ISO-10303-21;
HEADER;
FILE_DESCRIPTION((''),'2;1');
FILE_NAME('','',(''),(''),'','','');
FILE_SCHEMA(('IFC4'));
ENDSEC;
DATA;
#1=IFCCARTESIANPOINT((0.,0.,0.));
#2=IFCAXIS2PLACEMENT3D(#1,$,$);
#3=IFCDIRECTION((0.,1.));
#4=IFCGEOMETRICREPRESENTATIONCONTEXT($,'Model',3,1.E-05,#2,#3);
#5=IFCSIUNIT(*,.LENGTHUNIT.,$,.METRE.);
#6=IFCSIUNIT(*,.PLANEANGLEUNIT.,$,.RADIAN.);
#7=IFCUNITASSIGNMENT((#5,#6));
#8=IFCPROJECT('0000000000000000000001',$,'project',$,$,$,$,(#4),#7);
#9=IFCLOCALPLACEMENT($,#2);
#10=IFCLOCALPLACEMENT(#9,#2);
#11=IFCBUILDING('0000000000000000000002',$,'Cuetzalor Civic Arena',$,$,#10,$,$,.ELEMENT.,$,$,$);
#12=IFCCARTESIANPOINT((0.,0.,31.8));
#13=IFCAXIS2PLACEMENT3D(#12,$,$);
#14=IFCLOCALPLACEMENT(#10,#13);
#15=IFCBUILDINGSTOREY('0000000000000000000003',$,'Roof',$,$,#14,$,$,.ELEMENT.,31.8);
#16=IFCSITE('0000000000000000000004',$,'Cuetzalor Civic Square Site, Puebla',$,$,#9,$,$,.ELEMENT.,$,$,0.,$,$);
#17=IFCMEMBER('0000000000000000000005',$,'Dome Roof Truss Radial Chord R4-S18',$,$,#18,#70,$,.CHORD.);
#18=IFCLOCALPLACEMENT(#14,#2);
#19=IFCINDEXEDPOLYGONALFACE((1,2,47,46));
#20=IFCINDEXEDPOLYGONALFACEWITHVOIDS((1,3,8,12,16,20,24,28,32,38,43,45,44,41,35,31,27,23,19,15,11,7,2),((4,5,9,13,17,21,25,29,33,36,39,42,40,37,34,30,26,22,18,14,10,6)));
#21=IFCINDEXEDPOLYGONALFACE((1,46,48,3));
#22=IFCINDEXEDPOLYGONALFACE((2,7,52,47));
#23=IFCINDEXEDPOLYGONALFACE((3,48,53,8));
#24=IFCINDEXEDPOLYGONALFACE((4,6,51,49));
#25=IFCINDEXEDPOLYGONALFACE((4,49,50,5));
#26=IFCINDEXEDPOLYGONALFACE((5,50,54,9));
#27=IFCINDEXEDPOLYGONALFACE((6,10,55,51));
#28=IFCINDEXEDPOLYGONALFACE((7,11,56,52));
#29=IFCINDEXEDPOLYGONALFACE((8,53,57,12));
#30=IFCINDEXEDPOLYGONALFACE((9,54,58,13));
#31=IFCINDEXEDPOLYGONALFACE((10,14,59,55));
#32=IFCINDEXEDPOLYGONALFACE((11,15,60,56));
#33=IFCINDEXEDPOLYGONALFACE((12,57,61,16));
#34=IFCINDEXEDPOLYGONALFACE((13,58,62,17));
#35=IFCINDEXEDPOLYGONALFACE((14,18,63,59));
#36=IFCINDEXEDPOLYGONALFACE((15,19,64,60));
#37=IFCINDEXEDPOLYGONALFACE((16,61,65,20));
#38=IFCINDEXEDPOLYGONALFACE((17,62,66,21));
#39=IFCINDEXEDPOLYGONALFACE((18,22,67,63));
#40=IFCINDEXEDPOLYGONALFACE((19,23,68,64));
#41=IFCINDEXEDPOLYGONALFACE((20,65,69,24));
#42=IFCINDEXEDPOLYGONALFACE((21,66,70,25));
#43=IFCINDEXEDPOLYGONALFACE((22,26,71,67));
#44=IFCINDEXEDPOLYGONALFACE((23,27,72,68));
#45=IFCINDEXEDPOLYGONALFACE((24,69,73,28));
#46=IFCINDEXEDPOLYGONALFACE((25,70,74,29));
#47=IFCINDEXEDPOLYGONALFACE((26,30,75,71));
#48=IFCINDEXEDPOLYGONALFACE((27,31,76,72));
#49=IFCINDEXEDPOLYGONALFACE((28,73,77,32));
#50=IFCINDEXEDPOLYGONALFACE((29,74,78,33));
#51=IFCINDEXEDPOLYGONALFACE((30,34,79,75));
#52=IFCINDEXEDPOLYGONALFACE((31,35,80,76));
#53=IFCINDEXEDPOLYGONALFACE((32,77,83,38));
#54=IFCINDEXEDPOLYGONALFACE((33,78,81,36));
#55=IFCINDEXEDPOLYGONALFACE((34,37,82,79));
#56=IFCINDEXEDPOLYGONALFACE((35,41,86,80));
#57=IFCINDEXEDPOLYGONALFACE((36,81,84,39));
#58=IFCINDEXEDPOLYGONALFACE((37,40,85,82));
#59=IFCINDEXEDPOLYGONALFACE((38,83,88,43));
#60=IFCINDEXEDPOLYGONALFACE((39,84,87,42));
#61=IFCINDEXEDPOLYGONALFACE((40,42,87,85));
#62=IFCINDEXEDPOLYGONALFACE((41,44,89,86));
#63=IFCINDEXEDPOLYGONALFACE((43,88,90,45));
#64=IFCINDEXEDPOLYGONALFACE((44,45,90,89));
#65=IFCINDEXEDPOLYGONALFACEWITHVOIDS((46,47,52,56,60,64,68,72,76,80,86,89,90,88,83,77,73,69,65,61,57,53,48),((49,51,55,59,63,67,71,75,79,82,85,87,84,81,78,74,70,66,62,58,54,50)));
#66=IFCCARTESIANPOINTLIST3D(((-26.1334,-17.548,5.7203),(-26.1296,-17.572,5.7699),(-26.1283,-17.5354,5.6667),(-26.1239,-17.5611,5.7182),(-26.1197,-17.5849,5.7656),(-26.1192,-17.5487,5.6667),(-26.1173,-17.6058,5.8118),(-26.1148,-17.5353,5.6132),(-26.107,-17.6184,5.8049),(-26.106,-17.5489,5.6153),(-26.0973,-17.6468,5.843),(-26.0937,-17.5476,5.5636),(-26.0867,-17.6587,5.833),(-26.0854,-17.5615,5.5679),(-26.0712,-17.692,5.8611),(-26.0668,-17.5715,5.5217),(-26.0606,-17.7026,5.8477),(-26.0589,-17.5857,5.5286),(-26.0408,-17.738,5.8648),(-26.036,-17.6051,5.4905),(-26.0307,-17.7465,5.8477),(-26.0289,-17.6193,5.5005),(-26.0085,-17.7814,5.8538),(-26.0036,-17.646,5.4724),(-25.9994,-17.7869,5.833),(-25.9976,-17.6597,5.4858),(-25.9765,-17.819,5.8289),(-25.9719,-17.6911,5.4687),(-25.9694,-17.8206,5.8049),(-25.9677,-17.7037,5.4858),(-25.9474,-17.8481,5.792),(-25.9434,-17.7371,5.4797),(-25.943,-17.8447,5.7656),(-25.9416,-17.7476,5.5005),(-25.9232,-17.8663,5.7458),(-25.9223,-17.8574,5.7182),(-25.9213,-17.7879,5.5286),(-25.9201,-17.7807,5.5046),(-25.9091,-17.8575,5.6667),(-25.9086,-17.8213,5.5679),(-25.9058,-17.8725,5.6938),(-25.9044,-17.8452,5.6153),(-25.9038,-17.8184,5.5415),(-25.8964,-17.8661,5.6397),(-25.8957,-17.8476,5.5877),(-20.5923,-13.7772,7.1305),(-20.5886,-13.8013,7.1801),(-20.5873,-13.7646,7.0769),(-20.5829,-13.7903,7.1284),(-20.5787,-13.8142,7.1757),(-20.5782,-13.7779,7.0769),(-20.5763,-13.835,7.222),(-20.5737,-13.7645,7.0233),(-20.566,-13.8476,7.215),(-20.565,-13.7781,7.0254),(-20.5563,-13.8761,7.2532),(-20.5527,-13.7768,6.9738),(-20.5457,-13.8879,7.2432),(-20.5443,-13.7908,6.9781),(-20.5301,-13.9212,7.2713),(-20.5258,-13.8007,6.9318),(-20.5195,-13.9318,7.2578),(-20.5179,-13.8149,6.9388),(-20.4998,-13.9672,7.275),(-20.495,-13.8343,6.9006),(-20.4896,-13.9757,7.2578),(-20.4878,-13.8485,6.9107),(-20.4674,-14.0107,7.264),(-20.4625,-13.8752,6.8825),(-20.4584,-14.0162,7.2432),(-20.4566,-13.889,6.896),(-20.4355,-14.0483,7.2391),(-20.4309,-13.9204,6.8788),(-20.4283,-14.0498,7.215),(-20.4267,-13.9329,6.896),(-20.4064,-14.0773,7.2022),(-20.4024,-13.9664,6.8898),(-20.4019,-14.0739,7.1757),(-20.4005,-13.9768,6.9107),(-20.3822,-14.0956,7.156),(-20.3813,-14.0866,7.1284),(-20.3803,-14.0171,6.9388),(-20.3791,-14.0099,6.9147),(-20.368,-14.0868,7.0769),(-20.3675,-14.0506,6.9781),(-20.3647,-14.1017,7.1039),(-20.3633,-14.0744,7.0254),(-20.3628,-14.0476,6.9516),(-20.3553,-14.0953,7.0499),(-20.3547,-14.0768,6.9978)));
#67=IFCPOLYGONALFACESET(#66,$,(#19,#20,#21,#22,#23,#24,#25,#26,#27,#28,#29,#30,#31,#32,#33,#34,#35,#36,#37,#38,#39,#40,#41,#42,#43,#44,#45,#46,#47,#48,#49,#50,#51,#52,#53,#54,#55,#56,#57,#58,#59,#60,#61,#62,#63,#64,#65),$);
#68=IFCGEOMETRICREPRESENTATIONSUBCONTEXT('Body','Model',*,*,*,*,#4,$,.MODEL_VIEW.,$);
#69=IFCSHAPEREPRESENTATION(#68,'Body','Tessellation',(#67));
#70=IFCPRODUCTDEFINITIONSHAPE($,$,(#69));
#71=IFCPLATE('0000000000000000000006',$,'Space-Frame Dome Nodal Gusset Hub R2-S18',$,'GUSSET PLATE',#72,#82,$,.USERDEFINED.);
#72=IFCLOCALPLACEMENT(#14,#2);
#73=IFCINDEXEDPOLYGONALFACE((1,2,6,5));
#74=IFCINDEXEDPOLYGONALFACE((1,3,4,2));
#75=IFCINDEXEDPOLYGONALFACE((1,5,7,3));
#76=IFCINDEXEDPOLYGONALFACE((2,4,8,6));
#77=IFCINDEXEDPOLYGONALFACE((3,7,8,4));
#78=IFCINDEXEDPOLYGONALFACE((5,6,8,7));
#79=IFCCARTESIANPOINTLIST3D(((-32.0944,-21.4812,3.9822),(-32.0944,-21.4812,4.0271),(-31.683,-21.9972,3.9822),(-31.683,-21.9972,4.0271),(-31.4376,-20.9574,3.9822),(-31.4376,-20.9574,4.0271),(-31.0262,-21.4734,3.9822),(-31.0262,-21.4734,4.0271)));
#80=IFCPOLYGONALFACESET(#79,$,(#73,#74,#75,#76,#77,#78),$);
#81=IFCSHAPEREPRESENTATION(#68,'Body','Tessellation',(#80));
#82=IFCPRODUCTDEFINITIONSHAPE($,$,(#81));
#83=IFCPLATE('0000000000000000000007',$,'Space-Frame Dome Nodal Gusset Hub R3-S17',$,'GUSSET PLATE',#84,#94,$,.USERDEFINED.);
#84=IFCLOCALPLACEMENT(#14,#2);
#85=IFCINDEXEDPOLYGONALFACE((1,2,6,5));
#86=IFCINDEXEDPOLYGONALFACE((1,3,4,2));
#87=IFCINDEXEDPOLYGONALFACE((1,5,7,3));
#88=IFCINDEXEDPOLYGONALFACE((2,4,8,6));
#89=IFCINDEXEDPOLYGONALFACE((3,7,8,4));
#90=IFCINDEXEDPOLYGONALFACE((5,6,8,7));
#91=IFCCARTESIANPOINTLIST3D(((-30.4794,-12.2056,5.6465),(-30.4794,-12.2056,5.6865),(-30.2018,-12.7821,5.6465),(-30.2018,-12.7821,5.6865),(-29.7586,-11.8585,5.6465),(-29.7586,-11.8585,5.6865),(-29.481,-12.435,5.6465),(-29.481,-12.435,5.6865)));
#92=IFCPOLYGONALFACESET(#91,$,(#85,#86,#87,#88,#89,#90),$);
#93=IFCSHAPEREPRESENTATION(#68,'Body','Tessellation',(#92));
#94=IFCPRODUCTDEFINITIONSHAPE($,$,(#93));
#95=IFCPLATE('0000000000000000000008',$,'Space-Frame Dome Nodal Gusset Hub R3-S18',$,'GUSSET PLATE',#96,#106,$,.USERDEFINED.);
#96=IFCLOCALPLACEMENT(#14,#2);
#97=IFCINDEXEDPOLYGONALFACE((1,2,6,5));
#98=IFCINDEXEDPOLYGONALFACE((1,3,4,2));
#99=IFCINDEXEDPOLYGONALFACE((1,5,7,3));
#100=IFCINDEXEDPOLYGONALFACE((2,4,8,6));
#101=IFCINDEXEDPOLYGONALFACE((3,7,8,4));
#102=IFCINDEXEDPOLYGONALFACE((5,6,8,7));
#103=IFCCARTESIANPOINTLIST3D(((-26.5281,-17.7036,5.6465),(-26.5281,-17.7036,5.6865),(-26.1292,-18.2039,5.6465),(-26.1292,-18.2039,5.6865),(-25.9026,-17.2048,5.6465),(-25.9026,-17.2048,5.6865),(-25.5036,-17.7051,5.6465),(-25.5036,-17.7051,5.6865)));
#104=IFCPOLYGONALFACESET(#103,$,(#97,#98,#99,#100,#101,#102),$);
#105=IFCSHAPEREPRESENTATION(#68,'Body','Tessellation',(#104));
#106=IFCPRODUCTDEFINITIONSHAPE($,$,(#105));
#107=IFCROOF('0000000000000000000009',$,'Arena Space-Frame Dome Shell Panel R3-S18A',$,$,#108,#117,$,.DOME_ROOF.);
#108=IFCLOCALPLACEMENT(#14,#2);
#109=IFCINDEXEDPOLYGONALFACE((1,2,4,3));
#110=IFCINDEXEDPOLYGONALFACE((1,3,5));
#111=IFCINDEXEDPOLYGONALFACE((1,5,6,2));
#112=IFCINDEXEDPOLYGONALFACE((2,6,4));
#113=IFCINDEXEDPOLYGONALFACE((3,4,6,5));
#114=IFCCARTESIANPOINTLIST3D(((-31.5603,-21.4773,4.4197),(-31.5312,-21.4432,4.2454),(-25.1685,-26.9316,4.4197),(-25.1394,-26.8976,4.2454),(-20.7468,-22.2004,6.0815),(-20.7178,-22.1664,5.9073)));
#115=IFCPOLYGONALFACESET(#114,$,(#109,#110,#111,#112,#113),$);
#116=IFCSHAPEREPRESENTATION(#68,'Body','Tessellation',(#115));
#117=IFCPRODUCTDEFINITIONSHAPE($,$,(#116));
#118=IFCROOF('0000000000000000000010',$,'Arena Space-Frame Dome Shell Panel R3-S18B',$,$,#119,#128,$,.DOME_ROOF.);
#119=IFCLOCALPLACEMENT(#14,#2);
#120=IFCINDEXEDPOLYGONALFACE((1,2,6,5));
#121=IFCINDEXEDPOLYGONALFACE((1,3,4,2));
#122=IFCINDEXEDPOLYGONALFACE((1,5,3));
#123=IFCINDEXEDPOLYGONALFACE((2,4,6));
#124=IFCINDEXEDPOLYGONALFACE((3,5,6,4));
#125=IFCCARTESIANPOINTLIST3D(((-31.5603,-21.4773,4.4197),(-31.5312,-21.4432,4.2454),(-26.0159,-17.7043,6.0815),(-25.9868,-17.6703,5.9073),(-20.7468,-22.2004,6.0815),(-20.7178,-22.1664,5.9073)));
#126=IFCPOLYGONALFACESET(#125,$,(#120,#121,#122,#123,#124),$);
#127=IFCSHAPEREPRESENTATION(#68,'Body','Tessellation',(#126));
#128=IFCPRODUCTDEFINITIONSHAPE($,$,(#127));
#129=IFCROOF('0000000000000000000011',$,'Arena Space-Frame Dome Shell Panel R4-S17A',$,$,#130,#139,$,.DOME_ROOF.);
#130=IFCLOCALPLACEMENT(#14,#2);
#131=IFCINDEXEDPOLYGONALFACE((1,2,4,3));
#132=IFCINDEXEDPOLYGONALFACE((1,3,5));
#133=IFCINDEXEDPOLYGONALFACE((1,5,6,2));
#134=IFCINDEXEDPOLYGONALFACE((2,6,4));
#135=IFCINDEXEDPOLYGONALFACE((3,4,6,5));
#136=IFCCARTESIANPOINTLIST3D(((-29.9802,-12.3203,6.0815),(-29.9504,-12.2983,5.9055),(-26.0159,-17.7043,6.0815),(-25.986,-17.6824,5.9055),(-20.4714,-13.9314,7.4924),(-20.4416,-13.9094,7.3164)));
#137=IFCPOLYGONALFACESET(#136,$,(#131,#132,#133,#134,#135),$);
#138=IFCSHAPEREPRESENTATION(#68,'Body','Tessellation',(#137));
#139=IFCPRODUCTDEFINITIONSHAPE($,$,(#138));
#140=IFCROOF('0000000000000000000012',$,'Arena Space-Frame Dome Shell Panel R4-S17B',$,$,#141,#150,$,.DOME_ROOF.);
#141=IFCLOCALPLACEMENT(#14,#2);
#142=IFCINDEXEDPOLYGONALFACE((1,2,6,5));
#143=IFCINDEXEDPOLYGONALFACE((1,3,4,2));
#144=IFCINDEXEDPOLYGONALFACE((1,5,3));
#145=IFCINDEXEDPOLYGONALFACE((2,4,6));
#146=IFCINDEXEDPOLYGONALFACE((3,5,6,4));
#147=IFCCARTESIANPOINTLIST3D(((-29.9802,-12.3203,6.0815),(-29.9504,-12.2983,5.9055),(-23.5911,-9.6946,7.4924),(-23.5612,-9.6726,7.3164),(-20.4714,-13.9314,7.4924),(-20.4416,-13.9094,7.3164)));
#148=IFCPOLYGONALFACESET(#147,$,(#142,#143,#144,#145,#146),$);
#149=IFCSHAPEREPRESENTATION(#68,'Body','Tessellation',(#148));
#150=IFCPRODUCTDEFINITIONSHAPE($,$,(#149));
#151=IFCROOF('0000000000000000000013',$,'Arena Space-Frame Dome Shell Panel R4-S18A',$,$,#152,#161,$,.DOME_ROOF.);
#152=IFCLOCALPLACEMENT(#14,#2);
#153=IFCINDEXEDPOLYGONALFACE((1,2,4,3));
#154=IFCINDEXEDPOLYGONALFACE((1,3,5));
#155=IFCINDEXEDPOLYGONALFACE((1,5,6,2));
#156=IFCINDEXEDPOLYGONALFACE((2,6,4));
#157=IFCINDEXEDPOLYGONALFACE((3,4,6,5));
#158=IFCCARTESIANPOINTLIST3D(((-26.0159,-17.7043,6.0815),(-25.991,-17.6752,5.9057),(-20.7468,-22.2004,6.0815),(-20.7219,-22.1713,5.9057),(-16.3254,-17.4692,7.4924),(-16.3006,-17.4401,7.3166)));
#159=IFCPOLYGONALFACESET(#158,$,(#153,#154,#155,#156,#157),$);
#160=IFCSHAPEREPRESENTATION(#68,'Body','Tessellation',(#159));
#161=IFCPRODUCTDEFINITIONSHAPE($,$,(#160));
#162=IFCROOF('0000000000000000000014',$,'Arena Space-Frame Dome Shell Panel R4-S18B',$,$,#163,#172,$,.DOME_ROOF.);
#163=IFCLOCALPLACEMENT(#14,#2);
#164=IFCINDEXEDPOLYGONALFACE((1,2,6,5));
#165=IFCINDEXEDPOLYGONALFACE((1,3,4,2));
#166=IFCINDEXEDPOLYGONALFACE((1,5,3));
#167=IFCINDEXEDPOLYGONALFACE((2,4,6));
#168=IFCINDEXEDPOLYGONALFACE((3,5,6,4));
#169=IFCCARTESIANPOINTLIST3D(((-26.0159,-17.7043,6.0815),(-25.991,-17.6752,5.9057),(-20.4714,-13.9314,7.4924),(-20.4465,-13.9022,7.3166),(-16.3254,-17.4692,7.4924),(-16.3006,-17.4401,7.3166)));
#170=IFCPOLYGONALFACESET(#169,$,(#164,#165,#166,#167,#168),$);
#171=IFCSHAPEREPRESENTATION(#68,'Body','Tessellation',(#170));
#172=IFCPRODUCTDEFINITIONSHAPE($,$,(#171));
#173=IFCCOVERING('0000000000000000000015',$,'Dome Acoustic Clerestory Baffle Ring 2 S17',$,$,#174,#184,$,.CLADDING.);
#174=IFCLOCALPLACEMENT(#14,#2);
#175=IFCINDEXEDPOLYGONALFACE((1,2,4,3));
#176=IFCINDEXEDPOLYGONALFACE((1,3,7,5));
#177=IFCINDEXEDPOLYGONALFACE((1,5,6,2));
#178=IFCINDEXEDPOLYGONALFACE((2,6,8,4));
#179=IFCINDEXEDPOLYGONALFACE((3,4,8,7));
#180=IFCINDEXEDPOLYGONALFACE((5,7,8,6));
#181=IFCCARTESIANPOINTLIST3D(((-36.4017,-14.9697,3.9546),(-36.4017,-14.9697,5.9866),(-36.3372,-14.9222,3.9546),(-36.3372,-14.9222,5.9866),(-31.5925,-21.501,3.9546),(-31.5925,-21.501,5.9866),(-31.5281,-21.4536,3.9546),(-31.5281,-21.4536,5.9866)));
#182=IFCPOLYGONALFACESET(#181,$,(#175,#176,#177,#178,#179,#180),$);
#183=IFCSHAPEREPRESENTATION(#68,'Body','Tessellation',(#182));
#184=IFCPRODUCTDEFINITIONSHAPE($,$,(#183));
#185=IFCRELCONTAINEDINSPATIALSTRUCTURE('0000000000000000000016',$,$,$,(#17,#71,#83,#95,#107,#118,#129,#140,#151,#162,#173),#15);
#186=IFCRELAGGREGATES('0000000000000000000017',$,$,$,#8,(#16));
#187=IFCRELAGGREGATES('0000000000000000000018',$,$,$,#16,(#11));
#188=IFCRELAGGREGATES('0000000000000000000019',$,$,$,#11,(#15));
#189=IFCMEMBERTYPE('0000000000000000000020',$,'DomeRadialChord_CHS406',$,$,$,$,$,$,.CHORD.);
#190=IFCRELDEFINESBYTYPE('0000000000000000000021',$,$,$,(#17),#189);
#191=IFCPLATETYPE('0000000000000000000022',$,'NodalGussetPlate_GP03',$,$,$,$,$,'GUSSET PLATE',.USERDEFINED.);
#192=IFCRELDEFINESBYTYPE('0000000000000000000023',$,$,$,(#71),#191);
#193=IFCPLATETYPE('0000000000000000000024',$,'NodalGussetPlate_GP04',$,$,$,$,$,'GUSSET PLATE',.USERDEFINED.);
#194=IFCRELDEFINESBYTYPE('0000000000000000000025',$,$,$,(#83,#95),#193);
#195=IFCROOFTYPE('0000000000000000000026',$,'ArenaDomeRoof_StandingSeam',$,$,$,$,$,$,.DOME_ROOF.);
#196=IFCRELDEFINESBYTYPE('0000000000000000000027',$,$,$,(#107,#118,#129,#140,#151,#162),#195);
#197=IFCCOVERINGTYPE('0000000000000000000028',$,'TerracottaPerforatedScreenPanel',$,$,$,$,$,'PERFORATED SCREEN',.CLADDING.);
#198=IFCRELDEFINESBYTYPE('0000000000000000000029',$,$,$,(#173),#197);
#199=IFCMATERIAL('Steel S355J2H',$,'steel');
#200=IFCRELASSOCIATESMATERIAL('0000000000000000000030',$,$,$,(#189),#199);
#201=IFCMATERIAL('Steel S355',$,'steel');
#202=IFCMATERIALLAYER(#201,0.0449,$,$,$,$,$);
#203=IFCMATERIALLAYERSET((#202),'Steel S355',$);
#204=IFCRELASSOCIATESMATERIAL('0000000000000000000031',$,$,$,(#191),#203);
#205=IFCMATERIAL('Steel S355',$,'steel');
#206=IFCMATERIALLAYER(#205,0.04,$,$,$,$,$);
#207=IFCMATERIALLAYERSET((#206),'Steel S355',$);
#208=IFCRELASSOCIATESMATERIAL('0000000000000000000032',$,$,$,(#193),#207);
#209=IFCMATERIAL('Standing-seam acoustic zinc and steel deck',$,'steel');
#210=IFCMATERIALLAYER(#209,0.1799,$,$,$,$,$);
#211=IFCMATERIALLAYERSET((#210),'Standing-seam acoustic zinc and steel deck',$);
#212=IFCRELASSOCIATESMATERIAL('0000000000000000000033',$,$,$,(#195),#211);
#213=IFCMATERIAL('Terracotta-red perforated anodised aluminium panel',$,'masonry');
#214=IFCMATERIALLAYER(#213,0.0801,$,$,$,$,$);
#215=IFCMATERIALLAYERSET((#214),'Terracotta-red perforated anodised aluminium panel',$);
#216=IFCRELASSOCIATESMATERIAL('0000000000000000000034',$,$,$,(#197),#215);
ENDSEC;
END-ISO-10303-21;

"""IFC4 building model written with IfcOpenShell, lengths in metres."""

from ifc_helpers import new_model, si_unit, direction, frame, frame_2d, origin, origin_2d, place, context, subcontext, project, spatial, polyline, rectangle, hollow_circle, outline, extrude, material, layer, layer_set, material_profile, profile_set, type_object, element, save


model = new_model("IFC4")

# Units and contexts
model_context = context("Model", 3, precision=1e-05, world=origin(), true_north=direction((0.0, 1.0)))
body_context = subcontext(model_context, "Body", "Model", "MODEL_VIEW")
ifc_project = project(units=[si_unit("LENGTHUNIT", "METRE"), si_unit("PLANEANGLEUNIT", "RADIAN")], contexts=[model_context])

# Site, building, storey
site_placement = place(None, origin())
site = spatial("IfcSite", under=ifc_project, at=site_placement, Name="Cuetzalor Civic Square Site, Puebla", CompositionType="ELEMENT", RefElevation=0.0)
building_placement = place(site_placement, origin())
building = spatial("IfcBuilding", under=site, at=building_placement, Name="Cuetzalor Civic Arena", CompositionType="ELEMENT")
storey_placement = place(building_placement, frame((0.0, 0.0, 31.8)))
storey = spatial("IfcBuildingStorey", under=building, at=storey_placement, Name="Roof", CompositionType="ELEMENT", Elevation=31.8)

# Member
ifc_material_1 = material(Name="Steel S355J2H", Category="steel")
ifc_material_profile_1 = material_profile(ifc_material_1, hollow_circle(Radius=0.2029, WallThickness=0.0161, at=origin_2d()), Name="CHS 406x16")
ifc_profile_set_1 = profile_set([ifc_material_profile_1], Name="Steel S355J2H")
member_type_1 = type_object("IfcMemberType", Name="DomeRadialChord_CHS406", PredefinedType="CHORD", material=ifc_profile_set_1)
member_1_placement = place(storey_placement, frame((-26.0142, -17.7031, 5.6667), z_axis=(0.809015, 0.550548, 0.20589), x_axis=(-0.562602, 0.826728, 0.0)))
element("IfcMember", 1, at=member_1_placement, inside=storey, type_object=member_type_1, Name="Dome Roof Truss Radial Chord R4-S18", PredefinedType="CHORD", context=body_context, shape_type="SweptSolid", body=[
    extrude(hollow_circle(Radius=0.2029, WallThickness=0.0161, at=origin_2d()), origin(), (0.0, 0.0, 1.0), 6.8491),
])

# Plates
ifc_material_2 = material(Name="Steel S355", Category="steel")
ifc_layer_1 = layer(ifc_material_2, 0.0449)
ifc_layer_set_1 = layer_set([ifc_layer_1], Name="Steel S355")
plate_type_1 = type_object("IfcPlateType", Name="NodalGussetPlate_GP03", ElementType="GUSSET PLATE", PredefinedType="USERDEFINED", material=ifc_layer_set_1)
plate_placement = place(storey_placement, frame((-31.5603, -21.4773, 3.9822), z_axis=(0.0, 0.0, 1.0), x_axis=(-0.781847, -0.62347, 0.0)))
element("IfcPlate", 2, at=plate_placement, inside=storey, type_object=plate_type_1, Name="Space-Frame Dome Nodal Gusset Hub R2-S18", ObjectType="GUSSET PLATE", PredefinedType="USERDEFINED", context=body_context, shape_type="SweptSolid", body=[
    extrude(rectangle(XDim=0.8401, YDim=0.6599, at=origin_2d()), origin(), (0.0, 0.0, 1.0), 0.0449),
])
ifc_material_3 = material(Name="Steel S355", Category="steel")
ifc_layer_2 = layer(ifc_material_3, 0.04)
ifc_layer_set_2 = layer_set([ifc_layer_2], Name="Steel S355")
plate_type_2 = type_object("IfcPlateType", Name="NodalGussetPlate_GP04", ElementType="GUSSET PLATE", PredefinedType="USERDEFINED", material=ifc_layer_set_2)
for number, where, z_axis, x_axis, name in (
    (3, (-29.9802, -12.3203, 5.6465), (0.0, 0.0, 1.0), (-0.901001, -0.433816, 0.0), "Space-Frame Dome Nodal Gusset Hub R3-S17"),
    (4, (-26.0159, -17.7043, 5.6465), (0.0, 0.0, 1.0), (-0.781847, -0.62347, 0.0), "Space-Frame Dome Nodal Gusset Hub R3-S18"),
):
    element("IfcPlate", number, at=place(storey_placement, frame(where, z_axis=z_axis, x_axis=x_axis)), inside=storey, type_object=plate_type_2, Name=name, ObjectType="GUSSET PLATE", PredefinedType="USERDEFINED", context=body_context, shape_type="SweptSolid", body=[
        extrude(rectangle(XDim=0.8, YDim=0.6399, at=origin_2d()), origin(), (0.0, 0.0, 1.0), 0.04),
    ])

# Roofs
ifc_material_4 = material(Name="Standing-seam acoustic zinc and steel deck", Category="steel")
ifc_layer_3 = layer(ifc_material_4, 0.1799)
ifc_layer_set_3 = layer_set([ifc_layer_3], Name="Standing-seam acoustic zinc and steel deck")
roof_type = type_object("IfcRoofType", Name="ArenaDomeRoof_StandingSeam", PredefinedType="DOME_ROOF", material=ifc_layer_set_3)
roof_1_placement = place(storey_placement, frame((-31.5603, -21.4773, 4.4197), z_axis=(-0.161509, -0.189269, 0.968552), x_axis=(0.760688, -0.649117, 0.0)))
element("IfcRoof", 5, at=roof_1_placement, inside=storey, type_object=roof_type, Name="Arena Space-Frame Dome Shell Panel R3-S18A", PredefinedType="DOME_ROOF", context=body_context, shape_type="SweptSolid", body=[
    extrude(outline(polyline([(0.0, 0.0), (8.4027, 0.0), (8.6951, 6.6792), (0.0, 0.0)])), origin(), (0.0, 0.0, -1.0), 0.1799),
])
roof_2_placement = place(storey_placement, frame((-31.5603, -21.4773, 4.4197), z_axis=(-0.161509, -0.189275, 0.96855), x_axis=(0.986244, -0.065954, 0.15157)))
element("IfcRoof", 6, at=roof_2_placement, inside=storey, type_object=roof_type, Name="Arena Space-Frame Dome Shell Panel R3-S18B", PredefinedType="DOME_ROOF", context=body_context, shape_type="SweptSolid", body=[
    extrude(outline(polyline([(0.0, 0.0), (10.9643, 0.0), (5.4712, 4.2194), (0.0, 0.0)])), origin(), (0.0, 0.0, -1.0), 0.1799),
])
roof_3_placement = place(storey_placement, frame((-29.9802, -12.3203, 6.0815), z_axis=(-0.16589, -0.122148, 0.97855), x_axis=(0.592925, -0.805258, 0.0)))
element("IfcRoof", 7, at=roof_3_placement, inside=storey, type_object=roof_type, Name="Arena Space-Frame Dome Shell Panel R4-S17A", PredefinedType="DOME_ROOF", context=body_context, shape_type="SweptSolid", body=[
    extrude(outline(polyline([(0.0, 0.0), (6.6861, 0.0), (6.9353, 6.8487), (0.0, 0.0)])), origin(), (0.0, 0.0, -1.0), 0.1799),
])
roof_4_placement = place(storey_placement, frame((-29.9802, -12.3203, 6.0815), z_axis=(-0.16589, -0.122147, 0.97855), x_axis=(0.975564, -0.165291, 0.144752)))
element("IfcRoof", 8, at=roof_4_placement, inside=storey, type_object=roof_type, Name="Arena Space-Frame Dome Shell Panel R4-S17B", PredefinedType="DOME_ROOF", context=body_context, shape_type="SweptSolid", body=[
    extrude(outline(polyline([(0.0, 0.0), (9.747, 0.0), (6.0033, 3.6969), (0.0, 0.0)])), origin(), (0.0, 0.0, -1.0), 0.1799),
])
roof_5_placement = place(storey_placement, frame((-26.0159, -17.7043, 6.0815), z_axis=(-0.138319, -0.162099, 0.977032), x_axis=(0.760698, -0.649106, 0.0)))
element("IfcRoof", 9, at=roof_5_placement, inside=storey, type_object=roof_type, Name="Arena Space-Frame Dome Shell Panel R4-S18A", PredefinedType="DOME_ROOF", context=body_context, shape_type="SweptSolid", body=[
    extrude(outline(polyline([(0.0, 0.0), (6.9266, 0.0), (7.2189, 6.621), (0.0, 0.0)])), origin(), (0.0, 0.0, -1.0), 0.1799),
])
roof_6_placement = place(storey_placement, frame((-26.0159, -17.7043, 6.0815), z_axis=(-0.138319, -0.162096, 0.977032), x_axis=(0.989281, 0.024002, 0.144036)))
element("IfcRoof", 10, at=roof_6_placement, inside=storey, type_object=roof_type, Name="Arena Space-Frame Dome Shell Panel R4-S18B", PredefinedType="DOME_ROOF", context=body_context, shape_type="SweptSolid", body=[
    extrude(outline(polyline([(0.0, 0.0), (9.7954, 0.0), (5.7788, 3.684), (0.0, 0.0)])), origin(), (0.0, 0.0, -1.0), 0.1799),
])

# Covering
ifc_material_5 = material(Name="Terracotta-red perforated anodised aluminium panel", Category="masonry")
ifc_layer_4 = layer(ifc_material_5, 0.0801)
ifc_layer_set_4 = layer_set([ifc_layer_4], Name="Terracotta-red perforated anodised aluminium panel")
covering_type = type_object("IfcCoveringType", Name="TerracottaPerforatedScreenPanel", ElementType="PERFORATED SCREEN", PredefinedType="CLADDING", material=ifc_layer_set_4)
covering_1_placement = place(storey_placement, frame((-31.5603, -21.4773, 3.9546), z_axis=(0.0, 0.0, 1.0), x_axis=(-0.592926, 0.805257, 0.0)))
element("IfcCovering", 11, at=covering_1_placement, inside=storey, type_object=covering_type, Name="Dome Acoustic Clerestory Baffle Ring 2 S17", PredefinedType="CLADDING", context=body_context, shape_type="SweptSolid", body=[
    extrude(rectangle(XDim=8.1108, YDim=0.0801, at=frame_2d((4.0554, 0.0))), origin(), (0.0, 0.0, 1.0), 2.032),
])

save(model, "model.ifc")
